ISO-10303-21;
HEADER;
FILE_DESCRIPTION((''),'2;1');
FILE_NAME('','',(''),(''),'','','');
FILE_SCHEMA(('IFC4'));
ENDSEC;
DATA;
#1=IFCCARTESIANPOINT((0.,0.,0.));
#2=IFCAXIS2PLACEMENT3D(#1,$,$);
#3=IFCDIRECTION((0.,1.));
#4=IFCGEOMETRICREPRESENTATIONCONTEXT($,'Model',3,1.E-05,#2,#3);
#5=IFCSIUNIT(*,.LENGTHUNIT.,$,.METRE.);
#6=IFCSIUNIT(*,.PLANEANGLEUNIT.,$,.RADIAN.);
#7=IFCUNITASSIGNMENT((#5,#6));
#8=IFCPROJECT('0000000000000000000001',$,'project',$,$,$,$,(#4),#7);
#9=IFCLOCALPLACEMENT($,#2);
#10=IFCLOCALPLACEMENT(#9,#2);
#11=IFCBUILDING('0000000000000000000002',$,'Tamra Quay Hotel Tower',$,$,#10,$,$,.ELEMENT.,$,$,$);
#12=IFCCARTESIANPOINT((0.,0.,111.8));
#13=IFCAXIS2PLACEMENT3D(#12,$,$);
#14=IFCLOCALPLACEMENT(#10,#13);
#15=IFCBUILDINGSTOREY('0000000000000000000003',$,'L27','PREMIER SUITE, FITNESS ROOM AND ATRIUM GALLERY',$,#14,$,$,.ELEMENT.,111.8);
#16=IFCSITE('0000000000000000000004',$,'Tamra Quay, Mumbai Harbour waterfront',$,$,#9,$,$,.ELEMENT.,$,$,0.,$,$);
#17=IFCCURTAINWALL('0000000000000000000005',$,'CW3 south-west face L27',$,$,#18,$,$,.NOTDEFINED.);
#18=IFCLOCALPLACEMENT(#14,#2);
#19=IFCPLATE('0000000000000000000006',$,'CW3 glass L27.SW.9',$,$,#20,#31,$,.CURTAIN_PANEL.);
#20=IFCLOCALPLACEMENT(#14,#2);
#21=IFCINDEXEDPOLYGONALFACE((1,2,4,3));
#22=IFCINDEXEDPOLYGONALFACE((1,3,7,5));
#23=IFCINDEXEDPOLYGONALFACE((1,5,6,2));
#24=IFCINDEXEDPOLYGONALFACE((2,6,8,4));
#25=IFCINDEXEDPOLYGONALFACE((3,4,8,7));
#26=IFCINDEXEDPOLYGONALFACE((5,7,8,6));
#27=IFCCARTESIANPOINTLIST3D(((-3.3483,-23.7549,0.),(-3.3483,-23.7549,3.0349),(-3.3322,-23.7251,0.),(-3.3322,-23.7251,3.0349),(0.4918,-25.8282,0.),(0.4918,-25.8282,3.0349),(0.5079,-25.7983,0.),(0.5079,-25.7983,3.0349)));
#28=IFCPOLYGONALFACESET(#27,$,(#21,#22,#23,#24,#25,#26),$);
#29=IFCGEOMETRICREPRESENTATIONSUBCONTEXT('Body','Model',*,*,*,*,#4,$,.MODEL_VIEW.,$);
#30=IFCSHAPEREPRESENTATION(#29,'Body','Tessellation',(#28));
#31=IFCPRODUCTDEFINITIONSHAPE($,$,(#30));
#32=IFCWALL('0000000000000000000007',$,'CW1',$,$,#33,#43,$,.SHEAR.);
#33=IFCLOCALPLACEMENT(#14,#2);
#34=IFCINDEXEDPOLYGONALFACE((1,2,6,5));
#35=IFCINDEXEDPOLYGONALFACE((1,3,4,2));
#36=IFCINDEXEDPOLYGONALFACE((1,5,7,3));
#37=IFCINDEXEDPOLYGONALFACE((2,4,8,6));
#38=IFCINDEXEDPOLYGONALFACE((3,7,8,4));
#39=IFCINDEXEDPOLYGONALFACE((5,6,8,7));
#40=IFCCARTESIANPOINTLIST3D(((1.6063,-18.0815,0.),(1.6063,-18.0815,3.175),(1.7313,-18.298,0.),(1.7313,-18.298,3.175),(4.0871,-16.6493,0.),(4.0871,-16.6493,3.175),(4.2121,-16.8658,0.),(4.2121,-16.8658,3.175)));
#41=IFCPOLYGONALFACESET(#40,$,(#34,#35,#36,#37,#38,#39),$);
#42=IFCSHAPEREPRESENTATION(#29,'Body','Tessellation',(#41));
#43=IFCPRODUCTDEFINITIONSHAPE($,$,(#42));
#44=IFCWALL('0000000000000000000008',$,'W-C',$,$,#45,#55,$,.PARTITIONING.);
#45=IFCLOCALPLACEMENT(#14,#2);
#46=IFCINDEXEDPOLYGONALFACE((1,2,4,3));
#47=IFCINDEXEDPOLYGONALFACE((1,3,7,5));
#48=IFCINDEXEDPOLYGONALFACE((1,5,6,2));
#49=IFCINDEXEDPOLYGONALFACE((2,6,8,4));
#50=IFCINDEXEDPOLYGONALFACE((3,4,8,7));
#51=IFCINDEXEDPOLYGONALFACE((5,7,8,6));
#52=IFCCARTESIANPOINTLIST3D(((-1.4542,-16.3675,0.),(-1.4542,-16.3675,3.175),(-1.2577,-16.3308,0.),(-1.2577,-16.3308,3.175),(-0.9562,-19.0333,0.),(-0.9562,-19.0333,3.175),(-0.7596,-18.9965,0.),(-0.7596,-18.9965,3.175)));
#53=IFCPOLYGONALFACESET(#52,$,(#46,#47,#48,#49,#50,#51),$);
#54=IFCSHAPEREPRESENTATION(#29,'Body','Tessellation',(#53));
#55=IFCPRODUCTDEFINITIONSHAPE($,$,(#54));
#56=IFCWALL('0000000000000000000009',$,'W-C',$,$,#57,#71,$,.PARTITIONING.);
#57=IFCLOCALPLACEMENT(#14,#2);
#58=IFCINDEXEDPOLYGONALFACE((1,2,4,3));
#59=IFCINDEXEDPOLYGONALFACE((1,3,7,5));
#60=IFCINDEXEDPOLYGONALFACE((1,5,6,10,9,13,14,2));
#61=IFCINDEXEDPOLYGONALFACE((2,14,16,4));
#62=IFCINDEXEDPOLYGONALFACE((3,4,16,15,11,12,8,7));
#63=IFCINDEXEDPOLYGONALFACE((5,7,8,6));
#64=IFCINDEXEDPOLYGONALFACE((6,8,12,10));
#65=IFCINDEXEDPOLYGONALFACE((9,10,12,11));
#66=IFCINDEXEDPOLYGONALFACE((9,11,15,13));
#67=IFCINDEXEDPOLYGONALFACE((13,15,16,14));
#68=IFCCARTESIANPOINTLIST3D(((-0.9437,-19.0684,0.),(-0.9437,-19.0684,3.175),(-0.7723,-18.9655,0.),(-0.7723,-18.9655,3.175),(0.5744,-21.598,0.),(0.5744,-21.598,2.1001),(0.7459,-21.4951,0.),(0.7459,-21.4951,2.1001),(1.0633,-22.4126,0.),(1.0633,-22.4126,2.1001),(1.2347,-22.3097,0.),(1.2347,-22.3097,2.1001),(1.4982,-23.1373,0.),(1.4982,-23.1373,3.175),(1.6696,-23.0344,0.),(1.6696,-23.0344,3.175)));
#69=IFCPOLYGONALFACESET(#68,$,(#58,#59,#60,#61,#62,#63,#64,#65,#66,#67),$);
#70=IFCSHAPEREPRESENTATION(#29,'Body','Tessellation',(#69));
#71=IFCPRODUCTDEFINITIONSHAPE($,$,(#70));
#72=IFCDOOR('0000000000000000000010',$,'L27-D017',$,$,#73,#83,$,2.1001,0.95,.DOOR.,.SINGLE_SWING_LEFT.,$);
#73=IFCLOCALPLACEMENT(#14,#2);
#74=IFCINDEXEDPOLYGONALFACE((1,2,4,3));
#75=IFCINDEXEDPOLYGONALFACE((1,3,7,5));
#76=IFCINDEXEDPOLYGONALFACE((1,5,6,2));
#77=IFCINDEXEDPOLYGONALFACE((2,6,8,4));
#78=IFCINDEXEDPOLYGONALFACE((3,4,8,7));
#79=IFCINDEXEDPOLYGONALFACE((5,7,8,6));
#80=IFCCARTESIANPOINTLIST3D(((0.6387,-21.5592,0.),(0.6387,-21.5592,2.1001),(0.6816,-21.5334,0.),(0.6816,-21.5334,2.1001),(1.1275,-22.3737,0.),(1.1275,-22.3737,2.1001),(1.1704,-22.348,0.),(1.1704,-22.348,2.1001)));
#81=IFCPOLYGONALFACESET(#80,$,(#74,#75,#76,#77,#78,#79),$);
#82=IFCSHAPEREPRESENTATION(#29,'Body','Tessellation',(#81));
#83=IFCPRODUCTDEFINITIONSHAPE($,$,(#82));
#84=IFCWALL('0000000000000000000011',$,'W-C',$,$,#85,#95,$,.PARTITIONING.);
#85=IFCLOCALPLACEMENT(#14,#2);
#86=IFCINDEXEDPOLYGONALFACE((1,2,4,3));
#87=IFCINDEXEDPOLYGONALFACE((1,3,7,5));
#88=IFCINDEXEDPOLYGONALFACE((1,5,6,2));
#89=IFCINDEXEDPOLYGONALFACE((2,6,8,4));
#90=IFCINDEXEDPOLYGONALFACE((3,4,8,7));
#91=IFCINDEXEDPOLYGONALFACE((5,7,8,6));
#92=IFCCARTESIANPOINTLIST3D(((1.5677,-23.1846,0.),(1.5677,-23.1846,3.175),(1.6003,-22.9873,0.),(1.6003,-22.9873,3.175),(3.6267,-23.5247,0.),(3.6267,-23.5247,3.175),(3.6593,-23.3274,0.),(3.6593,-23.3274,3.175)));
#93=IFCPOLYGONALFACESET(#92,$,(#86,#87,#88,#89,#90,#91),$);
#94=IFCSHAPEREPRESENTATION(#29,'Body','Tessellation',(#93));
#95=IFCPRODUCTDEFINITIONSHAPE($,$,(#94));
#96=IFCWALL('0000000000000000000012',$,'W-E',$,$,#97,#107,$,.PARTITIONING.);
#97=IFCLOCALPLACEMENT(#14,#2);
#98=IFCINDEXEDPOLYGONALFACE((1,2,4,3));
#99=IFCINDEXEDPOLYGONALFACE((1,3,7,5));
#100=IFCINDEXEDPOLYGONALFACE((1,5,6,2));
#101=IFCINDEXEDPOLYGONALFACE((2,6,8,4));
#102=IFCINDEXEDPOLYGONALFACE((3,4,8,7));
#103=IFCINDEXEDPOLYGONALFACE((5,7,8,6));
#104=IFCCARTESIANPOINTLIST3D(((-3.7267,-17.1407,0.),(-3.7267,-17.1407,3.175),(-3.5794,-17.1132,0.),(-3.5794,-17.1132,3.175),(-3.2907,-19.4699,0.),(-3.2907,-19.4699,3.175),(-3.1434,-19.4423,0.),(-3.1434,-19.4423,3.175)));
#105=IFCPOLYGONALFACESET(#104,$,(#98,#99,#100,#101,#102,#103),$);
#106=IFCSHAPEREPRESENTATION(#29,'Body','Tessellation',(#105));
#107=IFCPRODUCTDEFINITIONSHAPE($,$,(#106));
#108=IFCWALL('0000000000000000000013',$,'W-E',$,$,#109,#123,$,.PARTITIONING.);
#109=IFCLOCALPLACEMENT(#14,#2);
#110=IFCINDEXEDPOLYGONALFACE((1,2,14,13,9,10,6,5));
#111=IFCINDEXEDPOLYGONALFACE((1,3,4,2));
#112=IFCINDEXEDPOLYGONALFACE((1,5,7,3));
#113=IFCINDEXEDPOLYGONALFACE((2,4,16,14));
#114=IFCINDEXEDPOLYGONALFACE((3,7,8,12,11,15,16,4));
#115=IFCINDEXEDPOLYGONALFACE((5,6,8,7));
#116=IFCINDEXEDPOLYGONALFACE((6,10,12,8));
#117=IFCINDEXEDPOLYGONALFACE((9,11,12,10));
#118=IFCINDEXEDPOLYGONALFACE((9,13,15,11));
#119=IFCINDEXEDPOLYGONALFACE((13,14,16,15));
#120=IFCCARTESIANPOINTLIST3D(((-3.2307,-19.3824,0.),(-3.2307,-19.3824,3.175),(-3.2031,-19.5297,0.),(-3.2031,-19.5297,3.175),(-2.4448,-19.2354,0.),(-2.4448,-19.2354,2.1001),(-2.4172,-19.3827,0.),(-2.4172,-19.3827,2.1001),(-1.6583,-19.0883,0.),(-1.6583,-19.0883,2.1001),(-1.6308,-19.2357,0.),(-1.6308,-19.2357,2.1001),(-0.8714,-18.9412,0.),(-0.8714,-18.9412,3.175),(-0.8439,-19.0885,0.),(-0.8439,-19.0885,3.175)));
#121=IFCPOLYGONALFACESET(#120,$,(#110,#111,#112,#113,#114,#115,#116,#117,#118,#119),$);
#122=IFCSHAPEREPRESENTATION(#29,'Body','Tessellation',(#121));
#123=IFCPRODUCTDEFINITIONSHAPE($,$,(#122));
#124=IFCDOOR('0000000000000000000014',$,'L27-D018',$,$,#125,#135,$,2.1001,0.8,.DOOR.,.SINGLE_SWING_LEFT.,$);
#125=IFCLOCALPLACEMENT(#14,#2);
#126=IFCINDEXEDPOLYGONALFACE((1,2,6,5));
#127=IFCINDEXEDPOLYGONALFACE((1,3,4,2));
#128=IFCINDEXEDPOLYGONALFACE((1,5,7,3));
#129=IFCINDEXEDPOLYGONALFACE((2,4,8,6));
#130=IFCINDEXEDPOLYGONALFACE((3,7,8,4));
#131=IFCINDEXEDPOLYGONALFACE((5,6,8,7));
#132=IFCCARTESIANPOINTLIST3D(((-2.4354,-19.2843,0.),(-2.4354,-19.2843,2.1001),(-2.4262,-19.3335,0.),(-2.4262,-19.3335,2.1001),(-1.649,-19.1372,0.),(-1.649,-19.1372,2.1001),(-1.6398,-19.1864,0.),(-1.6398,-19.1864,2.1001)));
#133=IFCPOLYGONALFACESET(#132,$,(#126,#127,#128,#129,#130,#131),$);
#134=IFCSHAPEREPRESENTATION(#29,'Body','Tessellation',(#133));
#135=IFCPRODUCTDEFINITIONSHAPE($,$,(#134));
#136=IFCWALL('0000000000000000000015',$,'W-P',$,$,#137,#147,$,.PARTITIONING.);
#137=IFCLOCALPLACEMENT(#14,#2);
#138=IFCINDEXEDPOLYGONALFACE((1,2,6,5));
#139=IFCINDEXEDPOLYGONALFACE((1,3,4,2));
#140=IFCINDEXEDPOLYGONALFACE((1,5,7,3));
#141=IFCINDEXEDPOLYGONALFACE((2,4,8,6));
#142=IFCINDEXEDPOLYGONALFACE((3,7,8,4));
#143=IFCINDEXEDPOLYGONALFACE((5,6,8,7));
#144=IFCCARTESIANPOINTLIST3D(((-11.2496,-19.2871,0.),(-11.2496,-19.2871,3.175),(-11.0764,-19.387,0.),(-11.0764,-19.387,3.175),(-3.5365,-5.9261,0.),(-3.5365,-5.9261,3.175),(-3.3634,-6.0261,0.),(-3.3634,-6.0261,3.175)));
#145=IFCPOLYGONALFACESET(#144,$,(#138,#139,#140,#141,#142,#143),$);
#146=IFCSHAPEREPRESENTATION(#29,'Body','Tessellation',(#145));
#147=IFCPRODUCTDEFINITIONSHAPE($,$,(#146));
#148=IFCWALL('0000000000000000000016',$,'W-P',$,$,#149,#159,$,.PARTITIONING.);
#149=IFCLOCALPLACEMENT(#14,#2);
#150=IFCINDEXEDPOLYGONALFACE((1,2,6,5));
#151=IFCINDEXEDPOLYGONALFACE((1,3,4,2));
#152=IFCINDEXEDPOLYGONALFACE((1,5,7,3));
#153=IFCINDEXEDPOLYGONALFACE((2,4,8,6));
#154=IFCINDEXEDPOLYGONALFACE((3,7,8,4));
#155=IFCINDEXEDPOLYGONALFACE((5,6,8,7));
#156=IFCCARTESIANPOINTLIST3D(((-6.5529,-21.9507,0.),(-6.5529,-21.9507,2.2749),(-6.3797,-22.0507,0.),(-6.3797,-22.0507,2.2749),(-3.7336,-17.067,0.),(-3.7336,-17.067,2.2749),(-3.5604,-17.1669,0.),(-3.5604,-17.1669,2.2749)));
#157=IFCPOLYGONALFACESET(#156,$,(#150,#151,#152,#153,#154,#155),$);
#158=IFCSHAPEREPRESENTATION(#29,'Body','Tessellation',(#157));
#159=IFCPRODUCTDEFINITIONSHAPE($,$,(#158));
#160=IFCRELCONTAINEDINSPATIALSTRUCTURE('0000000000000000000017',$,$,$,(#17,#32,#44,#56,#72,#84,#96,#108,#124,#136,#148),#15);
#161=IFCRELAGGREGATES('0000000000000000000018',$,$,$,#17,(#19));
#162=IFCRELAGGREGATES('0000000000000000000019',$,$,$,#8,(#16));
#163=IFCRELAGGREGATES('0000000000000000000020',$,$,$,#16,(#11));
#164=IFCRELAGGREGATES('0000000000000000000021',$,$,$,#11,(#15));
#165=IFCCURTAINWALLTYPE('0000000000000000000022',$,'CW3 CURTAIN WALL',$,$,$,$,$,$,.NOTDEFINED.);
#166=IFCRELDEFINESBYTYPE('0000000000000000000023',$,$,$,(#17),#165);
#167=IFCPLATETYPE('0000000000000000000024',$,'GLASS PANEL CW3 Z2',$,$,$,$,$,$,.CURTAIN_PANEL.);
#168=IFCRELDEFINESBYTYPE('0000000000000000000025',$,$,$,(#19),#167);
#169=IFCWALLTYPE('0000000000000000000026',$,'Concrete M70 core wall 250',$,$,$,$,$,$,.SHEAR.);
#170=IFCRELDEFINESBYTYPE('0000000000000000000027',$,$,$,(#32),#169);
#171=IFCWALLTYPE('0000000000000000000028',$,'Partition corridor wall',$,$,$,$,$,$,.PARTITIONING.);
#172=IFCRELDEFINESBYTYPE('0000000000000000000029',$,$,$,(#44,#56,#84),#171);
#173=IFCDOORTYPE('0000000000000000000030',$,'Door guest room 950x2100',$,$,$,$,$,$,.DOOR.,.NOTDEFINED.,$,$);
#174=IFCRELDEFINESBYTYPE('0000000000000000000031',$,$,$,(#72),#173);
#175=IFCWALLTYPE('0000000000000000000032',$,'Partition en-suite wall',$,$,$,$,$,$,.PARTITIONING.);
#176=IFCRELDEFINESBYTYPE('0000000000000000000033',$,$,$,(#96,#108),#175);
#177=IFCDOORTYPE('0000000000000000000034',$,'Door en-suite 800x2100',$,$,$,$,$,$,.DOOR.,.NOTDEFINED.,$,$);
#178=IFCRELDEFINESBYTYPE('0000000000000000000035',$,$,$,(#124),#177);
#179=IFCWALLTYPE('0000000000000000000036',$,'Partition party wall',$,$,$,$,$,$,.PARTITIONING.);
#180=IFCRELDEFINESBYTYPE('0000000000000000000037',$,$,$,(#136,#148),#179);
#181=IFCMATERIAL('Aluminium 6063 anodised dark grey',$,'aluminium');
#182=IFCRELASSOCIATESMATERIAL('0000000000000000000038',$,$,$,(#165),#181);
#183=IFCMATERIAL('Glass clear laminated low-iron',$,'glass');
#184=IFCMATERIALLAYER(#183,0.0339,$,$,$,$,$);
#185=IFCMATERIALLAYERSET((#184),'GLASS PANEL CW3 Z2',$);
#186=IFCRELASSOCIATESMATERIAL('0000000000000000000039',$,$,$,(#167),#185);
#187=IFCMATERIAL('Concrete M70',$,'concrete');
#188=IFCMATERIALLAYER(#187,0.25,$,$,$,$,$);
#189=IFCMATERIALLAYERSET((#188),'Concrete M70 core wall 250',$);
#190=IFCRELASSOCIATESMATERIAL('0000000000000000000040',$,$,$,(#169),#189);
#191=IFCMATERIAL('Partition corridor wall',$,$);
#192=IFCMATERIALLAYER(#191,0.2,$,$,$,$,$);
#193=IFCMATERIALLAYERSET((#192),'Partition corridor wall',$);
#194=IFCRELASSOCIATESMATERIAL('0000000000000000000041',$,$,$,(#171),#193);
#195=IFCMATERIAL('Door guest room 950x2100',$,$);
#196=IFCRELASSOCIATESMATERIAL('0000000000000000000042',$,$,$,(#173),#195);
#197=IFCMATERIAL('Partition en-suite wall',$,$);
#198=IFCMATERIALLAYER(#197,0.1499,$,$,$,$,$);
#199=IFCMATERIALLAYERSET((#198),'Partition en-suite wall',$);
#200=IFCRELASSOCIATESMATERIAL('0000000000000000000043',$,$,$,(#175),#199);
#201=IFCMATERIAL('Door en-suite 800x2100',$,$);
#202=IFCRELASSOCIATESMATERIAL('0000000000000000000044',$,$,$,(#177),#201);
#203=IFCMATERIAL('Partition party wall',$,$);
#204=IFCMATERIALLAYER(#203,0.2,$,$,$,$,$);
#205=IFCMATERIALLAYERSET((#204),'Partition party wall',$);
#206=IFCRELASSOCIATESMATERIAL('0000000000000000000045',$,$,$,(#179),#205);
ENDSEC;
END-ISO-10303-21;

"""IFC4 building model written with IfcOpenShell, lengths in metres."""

from ifc_helpers import new_model, si_unit, direction, frame, frame_2d, origin, origin_2d, place, context, subcontext, project, spatial, rectangle, extrude, material, layer, layer_set, type_object, element, fill, aggregate, save


model = new_model("IFC4")

# Units and contexts
model_context = context("Model", 3, precision=1e-05, world=origin(), true_north=direction((0.0, 1.0)))
body_context = subcontext(model_context, "Body", "Model", "MODEL_VIEW")
ifc_project = project(units=[si_unit("LENGTHUNIT", "METRE"), si_unit("PLANEANGLEUNIT", "RADIAN")], contexts=[model_context])

# Site, building, storey
site_placement = place(None, origin())
site = spatial("IfcSite", under=ifc_project, at=site_placement, Name="Tamra Quay, Mumbai Harbour waterfront", CompositionType="ELEMENT", RefElevation=0.0)
building_placement = place(site_placement, origin())
building = spatial("IfcBuilding", under=site, at=building_placement, Name="Tamra Quay Hotel Tower", CompositionType="ELEMENT")
storey_placement = place(building_placement, frame((0.0, 0.0, 111.8)))
storey = spatial("IfcBuildingStorey", under=building, at=storey_placement, Name="L27", Description="PREMIER SUITE, FITNESS ROOM AND ATRIUM GALLERY", CompositionType="ELEMENT", Elevation=111.8)

# Shared definitions
ifc_material_1 = material(Name="Concrete M70", Category="concrete")

# Curtain wall
ifc_material_2 = material(Name="Aluminium 6063 anodised dark grey", Category="aluminium")
curtain_wall_type = type_object("IfcCurtainWallType", Name="CW3 CURTAIN WALL", PredefinedType="NOTDEFINED", material=ifc_material_2)
curtain_wall_placement = place(storey_placement, origin())
curtain_wall = element("IfcCurtainWall", 1, at=curtain_wall_placement, inside=storey, type_object=curtain_wall_type, Name="CW3 south-west face L27", PredefinedType="NOTDEFINED")

# Plate
ifc_material_3 = material(Name="Glass clear laminated low-iron", Category="glass")
ifc_layer_1 = layer(ifc_material_3, 0.0339)
ifc_layer_set_1 = layer_set([ifc_layer_1], Name="GLASS PANEL CW3 Z2")
plate_type = type_object("IfcPlateType", Name="GLASS PANEL CW3 Z2", PredefinedType="CURTAIN_PANEL", material=ifc_layer_set_1)
plate_1_placement = place(storey_placement, frame((-1.4202, -24.7766, 0.0), z_axis=(0.0, 0.0, 1.0), x_axis=(0.879946, -0.475074, 0.0)))
plate_1 = element("IfcPlate", 2, at=plate_1_placement, type_object=plate_type, Name="CW3 glass L27.SW.9", PredefinedType="CURTAIN_PANEL", context=body_context, shape_type="SweptSolid", body=[
    extrude(rectangle(XDim=4.364, YDim=0.0339, at=origin_2d()), origin(), (0.0, 0.0, 1.0), 3.0349),
])
aggregate(curtain_wall, [plate_1])

# Walls
ifc_layer_2 = layer(ifc_material_1, 0.25)
ifc_layer_set_2 = layer_set([ifc_layer_2], Name="Concrete M70 core wall 250")
wall_type_1 = type_object("IfcWallType", Name="Concrete M70 core wall 250", PredefinedType="SHEAR", material=ifc_layer_set_2)
wall_1_placement = place(storey_placement, frame((1.6689, -18.1897, 0.0), z_axis=(0.0, 0.0, 1.0), x_axis=(0.866042, 0.499971, 0.0)))
element("IfcWall", 3, at=wall_1_placement, inside=storey, type_object=wall_type_1, Name="CW1", PredefinedType="SHEAR", context=body_context, shape_type="SweptSolid", body=[
    extrude(rectangle(XDim=2.8645, YDim=0.25, at=frame_2d((1.4321, 0.0))), origin(), (0.0, 0.0, 1.0), 3.175),
])
ifc_material_4 = material(Name="Partition corridor wall")
ifc_layer_3 = layer(ifc_material_4, 0.2)
ifc_layer_set_3 = layer_set([ifc_layer_3], Name="Partition corridor wall")
wall_type_2 = type_object("IfcWallType", Name="Partition corridor wall", PredefinedType="PARTITIONING", material=ifc_layer_set_3)
wall_2_placement = place(storey_placement, frame((-1.356, -16.3491, 0.0), z_axis=(0.0, 0.0, 1.0), x_axis=(0.183653, -0.982991, 0.0)))
element("IfcWall", 4, at=wall_2_placement, inside=storey, type_object=wall_type_2, Name="W-C", PredefinedType="PARTITIONING", context=body_context, shape_type="SweptSolid", body=[
    extrude(rectangle(XDim=2.7119, YDim=0.2, at=frame_2d((1.356, 0.0))), origin(), (0.0, 0.0, 1.0), 3.175),
])

# Wall, opening, door
wall_3_placement = place(storey_placement, frame((-0.8579, -19.0171, 0.0), z_axis=(0.0, 0.0, 1.0), x_axis=(0.514587, -0.857438, 0.0)))
wall_3 = element("IfcWall", 5, at=wall_3_placement, inside=storey, type_object=wall_type_2, Name="W-C", PredefinedType="PARTITIONING", context=body_context, shape_type="SweptSolid", body=[
    extrude(rectangle(XDim=4.7454, YDim=0.2, at=frame_2d((2.3726, 0.0))), origin(), (0.0, 0.0, 1.0), 3.175),
])
opening_1_placement = place(wall_3_placement, frame((2.95, 0.0, 0.0)))
opening_1 = element("IfcOpeningElement", 6, at=opening_1_placement, cuts=wall_3, PredefinedType="OPENING", context=body_context, shape_type="SweptSolid", body=[
    extrude(rectangle(XDim=0.95, YDim=2.1001, at=frame_2d((0.4751, 1.05))), frame((0.0, 0.1099, 0.0), z_axis=(0.0, -1.0, 0.0), x_axis=(1.0, 0.0, 0.0)), (0.0, 0.0, 1.0), 0.22),
])
ifc_material_5 = material(Name="Door guest room 950x2100")
door_type_1 = type_object("IfcDoorType", Name="Door guest room 950x2100", OperationType="NOTDEFINED", PredefinedType="DOOR", material=ifc_material_5)
door_1_placement = place(opening_1_placement, frame((0.95, 0.0, 0.0), z_axis=(0.0, 0.0, 1.0), x_axis=(-1.0, 0.0, 0.0)))
door_1 = element("IfcDoor", 7, at=door_1_placement, inside=storey, type_object=door_type_1, Name="L27-D017", OperationType="SINGLE_SWING_LEFT", OverallHeight=2.1001, OverallWidth=0.95, PredefinedType="DOOR", context=body_context, shape_type="SweptSolid", body=[
    extrude(rectangle(XDim=0.95, YDim=2.1001, at=frame_2d((0.4751, 1.05))), frame((0.0, 0.0249, 0.0), z_axis=(0.0, -1.0, 0.0), x_axis=(1.0, 0.0, 0.0)), (0.0, 0.0, 1.0), 0.05),
])
fill(opening_1, door_1)

# Walls
wall_4_placement = place(storey_placement, frame((1.584, -23.0859, 0.0), z_axis=(0.0, 0.0, 1.0), x_axis=(0.986633, -0.162957, 0.0)))
element("IfcWall", 8, at=wall_4_placement, inside=storey, type_object=wall_type_2, Name="W-C", PredefinedType="PARTITIONING", context=body_context, shape_type="SweptSolid", body=[
    extrude(rectangle(XDim=2.0869, YDim=0.2, at=frame_2d((1.0435, 0.0))), origin(), (0.0, 0.0, 1.0), 3.175),
])
ifc_material_6 = material(Name="Partition en-suite wall")
ifc_layer_4 = layer(ifc_material_6, 0.1499)
ifc_layer_set_4 = layer_set([ifc_layer_4], Name="Partition en-suite wall")
wall_type_3 = type_object("IfcWallType", Name="Partition en-suite wall", PredefinedType="PARTITIONING", material=ifc_layer_set_4)
wall_5_placement = place(storey_placement, frame((-3.6531, -17.127, 0.0), z_axis=(0.0, 0.0, 1.0), x_axis=(0.184015, -0.982923, 0.0)))
element("IfcWall", 9, at=wall_5_placement, inside=storey, type_object=wall_type_3, Name="W-E", PredefinedType="PARTITIONING", context=body_context, shape_type="SweptSolid", body=[
    extrude(rectangle(XDim=2.3696, YDim=0.1499, at=frame_2d((1.1848, 0.0))), origin(), (0.0, 0.0, 1.0), 3.175),
])

# Wall, opening, door
wall_6_placement = place(storey_placement, frame((-3.217, -19.4561, 0.0), z_axis=(0.0, 0.0, 1.0), x_axis=(0.982961, 0.183816, 0.0)))
wall_6 = element("IfcWall", 10, at=wall_6_placement, inside=storey, type_object=wall_type_3, Name="W-E", PredefinedType="PARTITIONING", context=body_context, shape_type="SweptSolid", body=[
    extrude(rectangle(XDim=2.4001, YDim=0.1499, at=frame_2d((1.2002, 0.0))), origin(), (0.0, 0.0, 1.0), 3.175),
])
opening_2_placement = place(wall_6_placement, frame((0.7998, 0.0, 0.0)))
opening_2 = element("IfcOpeningElement", 11, at=opening_2_placement, cuts=wall_6, PredefinedType="OPENING", context=body_context, shape_type="SweptSolid", body=[
    extrude(rectangle(XDim=0.8, YDim=2.1001, at=frame_2d((0.3999, 1.05))), frame((0.0, 0.085, 0.0), z_axis=(0.0, -1.0, 0.0), x_axis=(1.0, 0.0, 0.0)), (0.0, 0.0, 1.0), 0.1699),
])
ifc_material_7 = material(Name="Door en-suite 800x2100")
door_type_2 = type_object("IfcDoorType", Name="Door en-suite 800x2100", OperationType="NOTDEFINED", PredefinedType="DOOR", material=ifc_material_7)
door_2_placement = place(opening_2_placement, frame((0.8, 0.0, 0.0), z_axis=(0.0, 0.0, 1.0), x_axis=(-1.0, 0.0, 0.0)))
door_2 = element("IfcDoor", 12, at=door_2_placement, inside=storey, type_object=door_type_2, Name="L27-D018", OperationType="SINGLE_SWING_LEFT", OverallHeight=2.1001, OverallWidth=0.8, PredefinedType="DOOR", context=body_context, shape_type="SweptSolid", body=[
    extrude(rectangle(XDim=0.8, YDim=2.1001, at=frame_2d((0.3999, 1.05))), frame((0.0, 0.0249, 0.0), z_axis=(0.0, -1.0, 0.0), x_axis=(1.0, 0.0, 0.0)), (0.0, 0.0, 1.0), 0.05),
])
fill(opening_2, door_2)

# Walls
ifc_material_8 = material(Name="Partition party wall")
ifc_layer_5 = layer(ifc_material_8, 0.2)
ifc_layer_set_5 = layer_set([ifc_layer_5], Name="Partition party wall")
wall_type_4 = type_object("IfcWallType", Name="Partition party wall", PredefinedType="PARTITIONING", material=ifc_layer_set_5)
wall_7_placement = place(storey_placement, frame((-11.1631, -19.3372, 0.0), z_axis=(0.0, 0.0, 1.0), x_axis=(0.499957, 0.86605, 0.0)))
element("IfcWall", 13, at=wall_7_placement, inside=storey, type_object=wall_type_4, Name="W-P", PredefinedType="PARTITIONING", context=body_context, shape_type="SweptSolid", body=[
    extrude(rectangle(XDim=15.4275, YDim=0.2, at=frame_2d((7.7139, 0.0))), origin(), (0.0, 0.0, 1.0), 3.175),
])
wall_8_placement = place(storey_placement, frame((-6.4663, -22.0007, 0.0), z_axis=(0.0, 0.0, 1.0), x_axis=(0.499957, 0.86605, 0.0)))
element("IfcWall", 14, at=wall_8_placement, inside=storey, type_object=wall_type_4, Name="W-P", PredefinedType="PARTITIONING", context=body_context, shape_type="SweptSolid", body=[
    extrude(rectangle(XDim=5.6392, YDim=0.2, at=frame_2d((2.8196, 0.0))), origin(), (0.0, 0.0, 1.0), 2.2749),
])

save(model, "model.ifc")
